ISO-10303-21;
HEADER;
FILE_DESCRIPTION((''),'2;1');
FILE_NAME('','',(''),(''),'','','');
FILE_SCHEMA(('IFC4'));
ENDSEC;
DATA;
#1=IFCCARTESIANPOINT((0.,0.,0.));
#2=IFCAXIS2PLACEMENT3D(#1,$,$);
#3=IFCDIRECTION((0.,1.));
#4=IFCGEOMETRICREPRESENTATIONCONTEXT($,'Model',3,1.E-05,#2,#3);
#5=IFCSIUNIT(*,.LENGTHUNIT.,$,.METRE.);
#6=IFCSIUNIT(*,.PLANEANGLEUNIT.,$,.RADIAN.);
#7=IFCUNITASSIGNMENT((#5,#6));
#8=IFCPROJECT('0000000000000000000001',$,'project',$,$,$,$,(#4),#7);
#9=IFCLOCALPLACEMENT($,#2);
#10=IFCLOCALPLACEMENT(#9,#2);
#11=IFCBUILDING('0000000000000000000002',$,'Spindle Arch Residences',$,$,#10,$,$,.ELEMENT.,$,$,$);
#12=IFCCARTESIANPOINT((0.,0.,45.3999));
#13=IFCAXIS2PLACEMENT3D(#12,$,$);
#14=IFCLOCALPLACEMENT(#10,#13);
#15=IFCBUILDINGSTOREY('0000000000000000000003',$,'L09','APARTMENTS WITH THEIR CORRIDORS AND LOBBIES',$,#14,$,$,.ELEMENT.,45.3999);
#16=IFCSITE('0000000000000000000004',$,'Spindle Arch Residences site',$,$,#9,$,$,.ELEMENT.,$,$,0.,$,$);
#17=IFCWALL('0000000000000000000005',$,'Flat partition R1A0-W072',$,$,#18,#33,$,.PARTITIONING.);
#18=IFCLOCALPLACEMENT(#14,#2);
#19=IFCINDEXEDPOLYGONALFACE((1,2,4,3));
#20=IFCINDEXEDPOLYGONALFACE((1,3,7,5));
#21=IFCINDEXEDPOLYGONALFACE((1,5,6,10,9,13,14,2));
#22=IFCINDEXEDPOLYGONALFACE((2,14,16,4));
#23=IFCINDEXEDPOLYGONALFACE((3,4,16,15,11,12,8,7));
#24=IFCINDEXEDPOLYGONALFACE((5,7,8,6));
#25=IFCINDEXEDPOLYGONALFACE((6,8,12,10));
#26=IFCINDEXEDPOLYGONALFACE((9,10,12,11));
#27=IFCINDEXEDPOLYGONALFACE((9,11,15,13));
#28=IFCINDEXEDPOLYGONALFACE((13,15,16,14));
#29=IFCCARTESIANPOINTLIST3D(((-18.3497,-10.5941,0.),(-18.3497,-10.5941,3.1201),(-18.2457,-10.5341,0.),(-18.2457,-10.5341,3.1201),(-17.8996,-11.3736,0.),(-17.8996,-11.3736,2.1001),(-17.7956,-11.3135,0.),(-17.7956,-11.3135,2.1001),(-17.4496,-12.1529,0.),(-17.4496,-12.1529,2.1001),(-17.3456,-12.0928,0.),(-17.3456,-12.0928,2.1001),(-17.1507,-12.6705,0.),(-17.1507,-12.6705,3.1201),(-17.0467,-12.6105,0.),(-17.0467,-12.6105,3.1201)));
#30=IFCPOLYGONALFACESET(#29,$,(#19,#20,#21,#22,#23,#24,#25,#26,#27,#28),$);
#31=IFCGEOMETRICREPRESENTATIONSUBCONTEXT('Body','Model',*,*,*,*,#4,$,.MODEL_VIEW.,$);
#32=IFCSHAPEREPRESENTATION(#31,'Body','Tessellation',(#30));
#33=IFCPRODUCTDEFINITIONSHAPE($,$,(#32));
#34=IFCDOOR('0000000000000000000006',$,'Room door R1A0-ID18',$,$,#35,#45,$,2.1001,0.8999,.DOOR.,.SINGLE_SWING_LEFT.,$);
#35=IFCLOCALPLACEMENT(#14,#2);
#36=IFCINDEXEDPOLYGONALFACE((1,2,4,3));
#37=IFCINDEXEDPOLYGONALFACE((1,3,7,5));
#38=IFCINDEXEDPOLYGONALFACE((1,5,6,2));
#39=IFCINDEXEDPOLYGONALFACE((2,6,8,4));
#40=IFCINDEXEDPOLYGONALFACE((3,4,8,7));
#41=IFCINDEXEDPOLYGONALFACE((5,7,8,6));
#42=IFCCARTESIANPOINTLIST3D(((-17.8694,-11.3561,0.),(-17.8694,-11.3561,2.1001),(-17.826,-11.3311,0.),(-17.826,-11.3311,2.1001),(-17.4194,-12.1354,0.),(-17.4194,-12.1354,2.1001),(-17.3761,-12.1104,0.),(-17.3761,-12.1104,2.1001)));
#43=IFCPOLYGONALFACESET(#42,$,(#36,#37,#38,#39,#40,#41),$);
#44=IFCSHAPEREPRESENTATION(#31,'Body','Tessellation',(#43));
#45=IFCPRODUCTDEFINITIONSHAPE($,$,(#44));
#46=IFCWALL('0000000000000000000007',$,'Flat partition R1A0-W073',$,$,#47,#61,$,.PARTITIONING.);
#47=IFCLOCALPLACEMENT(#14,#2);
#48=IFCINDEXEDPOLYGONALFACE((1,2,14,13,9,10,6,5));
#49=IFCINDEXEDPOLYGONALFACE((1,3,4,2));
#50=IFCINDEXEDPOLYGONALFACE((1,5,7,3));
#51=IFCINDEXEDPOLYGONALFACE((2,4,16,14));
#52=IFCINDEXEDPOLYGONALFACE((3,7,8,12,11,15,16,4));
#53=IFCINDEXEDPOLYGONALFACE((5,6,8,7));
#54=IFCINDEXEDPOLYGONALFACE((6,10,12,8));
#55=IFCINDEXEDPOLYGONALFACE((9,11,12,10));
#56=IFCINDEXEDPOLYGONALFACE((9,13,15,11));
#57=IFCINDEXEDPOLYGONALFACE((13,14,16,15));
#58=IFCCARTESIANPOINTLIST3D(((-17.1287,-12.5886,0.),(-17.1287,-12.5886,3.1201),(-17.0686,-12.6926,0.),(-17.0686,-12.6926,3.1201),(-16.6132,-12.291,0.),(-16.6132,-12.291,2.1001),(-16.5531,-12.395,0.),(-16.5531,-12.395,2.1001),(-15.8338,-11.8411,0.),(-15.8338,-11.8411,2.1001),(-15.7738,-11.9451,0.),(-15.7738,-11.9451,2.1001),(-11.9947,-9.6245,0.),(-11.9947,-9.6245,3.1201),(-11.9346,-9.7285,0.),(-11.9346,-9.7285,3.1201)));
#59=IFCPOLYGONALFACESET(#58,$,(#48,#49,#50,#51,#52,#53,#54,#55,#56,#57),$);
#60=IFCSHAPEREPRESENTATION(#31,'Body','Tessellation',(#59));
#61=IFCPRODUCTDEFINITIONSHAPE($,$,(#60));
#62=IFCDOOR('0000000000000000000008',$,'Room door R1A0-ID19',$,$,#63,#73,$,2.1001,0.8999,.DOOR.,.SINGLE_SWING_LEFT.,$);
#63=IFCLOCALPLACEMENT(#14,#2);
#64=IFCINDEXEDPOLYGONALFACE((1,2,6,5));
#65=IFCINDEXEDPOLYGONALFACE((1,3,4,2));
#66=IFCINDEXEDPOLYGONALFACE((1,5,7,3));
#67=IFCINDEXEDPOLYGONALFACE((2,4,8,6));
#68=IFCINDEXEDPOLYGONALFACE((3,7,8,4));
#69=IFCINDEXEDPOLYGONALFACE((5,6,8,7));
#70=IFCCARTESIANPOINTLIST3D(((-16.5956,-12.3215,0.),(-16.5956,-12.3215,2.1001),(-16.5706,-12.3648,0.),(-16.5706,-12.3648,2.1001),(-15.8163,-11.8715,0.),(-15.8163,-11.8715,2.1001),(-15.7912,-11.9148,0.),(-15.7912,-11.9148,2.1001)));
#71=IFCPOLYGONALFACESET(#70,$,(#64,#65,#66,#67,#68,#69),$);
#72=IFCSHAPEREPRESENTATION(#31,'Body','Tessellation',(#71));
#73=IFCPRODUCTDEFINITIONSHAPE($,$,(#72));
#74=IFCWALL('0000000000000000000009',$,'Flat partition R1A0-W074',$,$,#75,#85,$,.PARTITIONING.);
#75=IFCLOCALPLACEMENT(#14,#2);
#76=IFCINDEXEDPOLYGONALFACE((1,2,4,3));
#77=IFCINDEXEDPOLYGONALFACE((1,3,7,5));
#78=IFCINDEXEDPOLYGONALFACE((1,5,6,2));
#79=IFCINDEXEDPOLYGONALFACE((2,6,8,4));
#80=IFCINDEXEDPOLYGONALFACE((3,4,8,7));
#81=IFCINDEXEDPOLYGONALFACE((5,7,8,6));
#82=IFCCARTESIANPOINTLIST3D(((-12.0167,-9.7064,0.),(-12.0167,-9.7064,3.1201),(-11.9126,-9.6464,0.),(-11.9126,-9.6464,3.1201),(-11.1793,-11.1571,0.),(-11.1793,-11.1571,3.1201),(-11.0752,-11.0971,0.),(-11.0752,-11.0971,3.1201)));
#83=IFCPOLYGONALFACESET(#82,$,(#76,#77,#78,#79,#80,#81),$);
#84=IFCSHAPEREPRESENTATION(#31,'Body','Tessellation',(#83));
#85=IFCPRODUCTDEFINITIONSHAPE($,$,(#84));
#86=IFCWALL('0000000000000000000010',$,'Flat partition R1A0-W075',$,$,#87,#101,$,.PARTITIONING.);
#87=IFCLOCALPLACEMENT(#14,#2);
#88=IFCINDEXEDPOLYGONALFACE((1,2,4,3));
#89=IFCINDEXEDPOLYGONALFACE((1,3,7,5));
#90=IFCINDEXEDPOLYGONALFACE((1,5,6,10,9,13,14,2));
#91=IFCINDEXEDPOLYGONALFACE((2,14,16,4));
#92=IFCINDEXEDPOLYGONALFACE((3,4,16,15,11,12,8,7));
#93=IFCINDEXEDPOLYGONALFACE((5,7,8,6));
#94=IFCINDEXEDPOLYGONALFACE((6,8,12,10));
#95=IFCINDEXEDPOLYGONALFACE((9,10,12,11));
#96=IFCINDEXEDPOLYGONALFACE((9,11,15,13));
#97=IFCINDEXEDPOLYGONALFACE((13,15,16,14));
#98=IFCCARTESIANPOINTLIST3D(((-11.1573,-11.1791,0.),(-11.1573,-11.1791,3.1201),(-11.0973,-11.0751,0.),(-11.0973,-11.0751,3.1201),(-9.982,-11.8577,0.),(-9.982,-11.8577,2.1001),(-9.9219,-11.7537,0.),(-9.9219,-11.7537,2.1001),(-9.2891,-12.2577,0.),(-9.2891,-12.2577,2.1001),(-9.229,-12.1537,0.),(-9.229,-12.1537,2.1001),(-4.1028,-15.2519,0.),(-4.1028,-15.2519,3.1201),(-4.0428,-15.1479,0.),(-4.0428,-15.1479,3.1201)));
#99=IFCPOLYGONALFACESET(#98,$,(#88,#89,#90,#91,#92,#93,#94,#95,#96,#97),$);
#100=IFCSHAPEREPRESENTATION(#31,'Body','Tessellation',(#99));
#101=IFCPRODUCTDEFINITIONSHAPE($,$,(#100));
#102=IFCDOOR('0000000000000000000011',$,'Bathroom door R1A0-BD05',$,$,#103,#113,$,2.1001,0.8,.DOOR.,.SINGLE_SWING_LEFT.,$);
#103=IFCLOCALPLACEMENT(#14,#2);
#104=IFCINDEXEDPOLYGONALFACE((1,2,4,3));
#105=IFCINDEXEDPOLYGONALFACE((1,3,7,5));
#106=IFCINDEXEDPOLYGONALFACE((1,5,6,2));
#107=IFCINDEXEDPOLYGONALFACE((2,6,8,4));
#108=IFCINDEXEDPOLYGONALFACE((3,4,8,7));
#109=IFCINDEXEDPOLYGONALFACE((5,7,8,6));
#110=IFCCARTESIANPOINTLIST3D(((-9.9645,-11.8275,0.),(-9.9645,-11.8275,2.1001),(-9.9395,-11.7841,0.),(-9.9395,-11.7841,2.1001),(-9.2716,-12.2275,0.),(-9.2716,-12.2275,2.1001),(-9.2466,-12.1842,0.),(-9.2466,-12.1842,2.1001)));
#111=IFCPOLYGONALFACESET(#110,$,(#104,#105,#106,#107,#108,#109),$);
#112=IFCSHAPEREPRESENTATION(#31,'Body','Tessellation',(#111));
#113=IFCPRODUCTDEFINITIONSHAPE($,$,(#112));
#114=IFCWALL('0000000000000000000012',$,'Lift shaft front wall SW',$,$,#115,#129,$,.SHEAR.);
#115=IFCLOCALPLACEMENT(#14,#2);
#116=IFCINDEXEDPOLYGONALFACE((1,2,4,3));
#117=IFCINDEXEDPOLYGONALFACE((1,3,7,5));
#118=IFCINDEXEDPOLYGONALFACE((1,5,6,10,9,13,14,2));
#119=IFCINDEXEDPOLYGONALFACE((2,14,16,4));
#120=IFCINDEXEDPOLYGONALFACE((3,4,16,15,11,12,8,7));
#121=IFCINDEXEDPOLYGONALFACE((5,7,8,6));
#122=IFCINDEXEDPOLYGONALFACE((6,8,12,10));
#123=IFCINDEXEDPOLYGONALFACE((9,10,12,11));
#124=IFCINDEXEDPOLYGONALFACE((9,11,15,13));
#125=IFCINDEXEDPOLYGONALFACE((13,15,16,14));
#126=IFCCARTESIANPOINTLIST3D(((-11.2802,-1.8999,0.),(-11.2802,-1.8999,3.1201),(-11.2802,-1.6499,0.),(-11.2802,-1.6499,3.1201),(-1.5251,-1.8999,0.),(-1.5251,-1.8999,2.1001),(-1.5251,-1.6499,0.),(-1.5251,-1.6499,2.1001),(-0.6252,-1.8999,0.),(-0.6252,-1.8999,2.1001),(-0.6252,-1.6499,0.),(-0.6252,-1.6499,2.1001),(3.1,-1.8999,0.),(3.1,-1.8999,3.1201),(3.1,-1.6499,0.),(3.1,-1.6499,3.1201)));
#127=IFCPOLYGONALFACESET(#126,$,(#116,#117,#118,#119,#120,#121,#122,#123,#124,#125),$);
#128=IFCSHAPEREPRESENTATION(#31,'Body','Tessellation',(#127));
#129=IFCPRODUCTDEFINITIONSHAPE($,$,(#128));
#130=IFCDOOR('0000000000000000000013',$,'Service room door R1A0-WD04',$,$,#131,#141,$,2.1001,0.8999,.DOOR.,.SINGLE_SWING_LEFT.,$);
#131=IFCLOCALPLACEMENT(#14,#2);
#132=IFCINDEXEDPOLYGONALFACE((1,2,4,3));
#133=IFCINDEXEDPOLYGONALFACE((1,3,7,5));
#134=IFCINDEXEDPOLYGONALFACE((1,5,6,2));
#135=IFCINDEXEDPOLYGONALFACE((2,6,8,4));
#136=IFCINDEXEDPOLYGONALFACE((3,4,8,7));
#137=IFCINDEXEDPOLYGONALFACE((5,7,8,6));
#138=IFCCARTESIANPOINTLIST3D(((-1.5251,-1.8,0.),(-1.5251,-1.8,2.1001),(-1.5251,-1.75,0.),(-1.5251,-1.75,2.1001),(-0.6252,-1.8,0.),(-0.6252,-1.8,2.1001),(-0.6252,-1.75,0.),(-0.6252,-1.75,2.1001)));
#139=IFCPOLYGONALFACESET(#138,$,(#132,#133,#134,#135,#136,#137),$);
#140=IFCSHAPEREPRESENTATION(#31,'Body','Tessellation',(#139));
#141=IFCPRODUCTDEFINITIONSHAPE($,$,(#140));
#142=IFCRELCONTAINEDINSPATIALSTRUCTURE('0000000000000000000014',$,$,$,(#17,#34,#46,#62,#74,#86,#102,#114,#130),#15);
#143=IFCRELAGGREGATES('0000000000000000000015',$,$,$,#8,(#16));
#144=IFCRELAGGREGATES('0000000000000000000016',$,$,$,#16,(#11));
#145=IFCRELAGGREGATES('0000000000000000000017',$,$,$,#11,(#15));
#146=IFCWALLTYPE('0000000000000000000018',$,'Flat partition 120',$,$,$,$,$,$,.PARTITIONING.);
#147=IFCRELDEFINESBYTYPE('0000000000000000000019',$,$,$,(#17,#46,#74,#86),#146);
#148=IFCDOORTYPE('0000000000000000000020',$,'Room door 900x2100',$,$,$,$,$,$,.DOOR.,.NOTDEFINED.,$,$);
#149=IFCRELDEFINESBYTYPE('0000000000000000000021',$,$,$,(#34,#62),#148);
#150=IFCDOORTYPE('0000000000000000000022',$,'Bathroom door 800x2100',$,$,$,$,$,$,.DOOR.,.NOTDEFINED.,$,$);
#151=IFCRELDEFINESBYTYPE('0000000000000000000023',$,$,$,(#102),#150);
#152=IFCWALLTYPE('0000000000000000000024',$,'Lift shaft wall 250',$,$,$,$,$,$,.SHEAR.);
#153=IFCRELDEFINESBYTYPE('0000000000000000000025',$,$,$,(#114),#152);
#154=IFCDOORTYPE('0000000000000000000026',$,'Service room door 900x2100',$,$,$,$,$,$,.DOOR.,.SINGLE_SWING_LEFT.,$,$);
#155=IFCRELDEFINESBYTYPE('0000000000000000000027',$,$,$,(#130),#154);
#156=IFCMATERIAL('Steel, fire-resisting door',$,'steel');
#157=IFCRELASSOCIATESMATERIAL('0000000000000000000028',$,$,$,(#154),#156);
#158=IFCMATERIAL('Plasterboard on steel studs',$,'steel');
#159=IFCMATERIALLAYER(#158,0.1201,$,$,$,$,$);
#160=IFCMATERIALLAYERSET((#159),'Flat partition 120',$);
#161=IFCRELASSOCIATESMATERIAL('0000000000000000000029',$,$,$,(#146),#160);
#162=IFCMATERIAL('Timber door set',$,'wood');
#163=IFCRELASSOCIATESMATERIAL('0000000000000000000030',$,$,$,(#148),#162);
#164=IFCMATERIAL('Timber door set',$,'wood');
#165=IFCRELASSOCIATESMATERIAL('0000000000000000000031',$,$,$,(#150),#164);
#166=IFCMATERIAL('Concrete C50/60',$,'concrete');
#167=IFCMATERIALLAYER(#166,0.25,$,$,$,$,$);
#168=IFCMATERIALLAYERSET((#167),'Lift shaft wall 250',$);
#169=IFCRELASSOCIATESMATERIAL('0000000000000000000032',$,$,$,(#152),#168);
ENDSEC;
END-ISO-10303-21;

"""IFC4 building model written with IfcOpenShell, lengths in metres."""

from ifc_helpers import new_model, si_unit, direction, frame, frame_2d, origin, place, context, subcontext, project, spatial, rectangle, extrude, material, layer, layer_set, type_object, element, fill, save


model = new_model("IFC4")

# Units and contexts
model_context = context("Model", 3, precision=1e-05, world=origin(), true_north=direction((0.0, 1.0)))
body_context = subcontext(model_context, "Body", "Model", "MODEL_VIEW")
ifc_project = project(units=[si_unit("LENGTHUNIT", "METRE"), si_unit("PLANEANGLEUNIT", "RADIAN")], contexts=[model_context])

# Site, building, storey
site_placement = place(None, origin())
site = spatial("IfcSite", under=ifc_project, at=site_placement, Name="Spindle Arch Residences site", CompositionType="ELEMENT", RefElevation=0.0)
building_placement = place(site_placement, origin())
building = spatial("IfcBuilding", under=site, at=building_placement, Name="Spindle Arch Residences", CompositionType="ELEMENT")
storey_placement = place(building_placement, frame((0.0, 0.0, 45.3999)))
storey = spatial("IfcBuildingStorey", under=building, at=storey_placement, Name="L09", Description="APARTMENTS WITH THEIR CORRIDORS AND LOBBIES", CompositionType="ELEMENT", Elevation=45.3999)

# Shared definitions
ifc_material_1 = material(Name="Steel, fire-resisting door", Category="steel")
door_type_1 = type_object("IfcDoorType", Name="Service room door 900x2100", OperationType="SINGLE_SWING_LEFT", PredefinedType="DOOR", material=ifc_material_1)

# Shared definitions
ifc_material_2 = material(Name="Plasterboard on steel studs", Category="steel")
ifc_layer_1 = layer(ifc_material_2, 0.1201)
ifc_layer_set_1 = layer_set([ifc_layer_1], Name="Flat partition 120")
wall_type_1 = type_object("IfcWallType", Name="Flat partition 120", PredefinedType="PARTITIONING", material=ifc_layer_set_1)

# Walls, openings, doors
wall_1_placement = place(storey_placement, frame((-18.2976, -10.5642, 0.0), z_axis=(0.0, 0.0, 1.0), x_axis=(0.500049, -0.865997, 0.0)))
wall_1 = element("IfcWall", 1, at=wall_1_placement, inside=storey, type_object=wall_type_1, Name="Flat partition R1A0-W072", PredefinedType="PARTITIONING", context=body_context, shape_type="SweptSolid", body=[
    extrude(rectangle(XDim=2.3977, YDim=0.1201, at=frame_2d((1.1987, 0.0))), origin(), (0.0, 0.0, 1.0), 3.1201),
])
opening_1_placement = place(wall_1_placement, frame((0.8999, 0.0, 0.0)))
opening_1 = element("IfcOpeningElement", 2, at=opening_1_placement, cuts=wall_1, PredefinedType="OPENING", context=body_context, shape_type="SweptSolid", body=[
    extrude(rectangle(XDim=0.8999, YDim=2.1001, at=frame_2d((0.45, 1.05))), frame((0.0, 0.0701, 0.0), z_axis=(0.0, -1.0, 0.0), x_axis=(1.0, 0.0, 0.0)), (0.0, 0.0, 1.0), 0.1401),
])
ifc_material_3 = material(Name="Timber door set", Category="wood")
door_type_2 = type_object("IfcDoorType", Name="Room door 900x2100", OperationType="NOTDEFINED", PredefinedType="DOOR", material=ifc_material_3)
door_1_placement = place(opening_1_placement, origin())
door_1 = element("IfcDoor", 3, at=door_1_placement, inside=storey, type_object=door_type_2, Name="Room door R1A0-ID18", OperationType="SINGLE_SWING_LEFT", OverallHeight=2.1001, OverallWidth=0.8999, PredefinedType="DOOR", context=body_context, shape_type="SweptSolid", body=[
    extrude(rectangle(XDim=0.8999, YDim=2.1001, at=frame_2d((0.45, 1.05))), frame((0.0, 0.0249, 0.0), z_axis=(0.0, -1.0, 0.0), x_axis=(1.0, 0.0, 0.0)), (0.0, 0.0, 1.0), 0.05),
])
fill(opening_1, door_1)
wall_2_placement = place(storey_placement, frame((-17.0986, -12.6406, 0.0), z_axis=(0.0, 0.0, 1.0), x_axis=(0.866027, 0.499997, 0.0)))
wall_2 = element("IfcWall", 4, at=wall_2_placement, inside=storey, type_object=wall_type_1, Name="Flat partition R1A0-W073", PredefinedType="PARTITIONING", context=body_context, shape_type="SweptSolid", body=[
    extrude(rectangle(XDim=5.9282, YDim=0.1201, at=frame_2d((2.9641, 0.0))), origin(), (0.0, 0.0, 1.0), 3.1201),
])
opening_2_placement = place(wall_2_placement, frame((0.5952, 0.0, 0.0)))
opening_2 = element("IfcOpeningElement", 5, at=opening_2_placement, cuts=wall_2, PredefinedType="OPENING", context=body_context, shape_type="SweptSolid", body=[
    extrude(rectangle(XDim=0.8999, YDim=2.1001, at=frame_2d((0.45, 1.05))), frame((0.0, 0.0701, 0.0), z_axis=(0.0, -1.0, 0.0), x_axis=(1.0, 0.0, 0.0)), (0.0, 0.0, 1.0), 0.1401),
])
door_2_placement = place(opening_2_placement, origin())
door_2 = element("IfcDoor", 6, at=door_2_placement, inside=storey, type_object=door_type_2, Name="Room door R1A0-ID19", OperationType="SINGLE_SWING_LEFT", OverallHeight=2.1001, OverallWidth=0.8999, PredefinedType="DOOR", context=body_context, shape_type="SweptSolid", body=[
    extrude(rectangle(XDim=0.8999, YDim=2.1001, at=frame_2d((0.45, 1.05))), frame((0.0, 0.0249, 0.0), z_axis=(0.0, -1.0, 0.0), x_axis=(1.0, 0.0, 0.0)), (0.0, 0.0, 1.0), 0.05),
])
fill(opening_2, door_2)

# Wall
wall_3_placement = place(storey_placement, frame((-11.9646, -9.6765, 0.0), z_axis=(0.0, 0.0, 1.0), x_axis=(0.499933, -0.866064, 0.0)))
element("IfcWall", 7, at=wall_3_placement, inside=storey, type_object=wall_type_1, Name="Flat partition R1A0-W074", PredefinedType="PARTITIONING", context=body_context, shape_type="SweptSolid", body=[
    extrude(rectangle(XDim=1.675, YDim=0.1201, at=frame_2d((0.8374, 0.0))), origin(), (0.0, 0.0, 1.0), 3.1201),
])

# Walls, openings, doors
wall_4_placement = place(storey_placement, frame((-11.1272, -11.1272, 0.0), z_axis=(0.0, 0.0, 1.0), x_axis=(0.866032, -0.499988, 0.0)))
wall_4 = element("IfcWall", 8, at=wall_4_placement, inside=storey, type_object=wall_type_1, Name="Flat partition R1A0-W075", PredefinedType="PARTITIONING", context=body_context, shape_type="SweptSolid", body=[
    extrude(rectangle(XDim=8.1458, YDim=0.1201, at=frame_2d((4.0728, 0.0))), origin(), (0.0, 0.0, 1.0), 3.1201),
])
opening_3_placement = place(wall_4_placement, frame((1.3572, 0.0, 0.0)))
opening_3 = element("IfcOpeningElement", 9, at=opening_3_placement, cuts=wall_4, PredefinedType="OPENING", context=body_context, shape_type="SweptSolid", body=[
    extrude(rectangle(XDim=0.8, YDim=2.1001, at=frame_2d((0.3999, 1.05))), frame((0.0, 0.0701, 0.0), z_axis=(0.0, -1.0, 0.0), x_axis=(1.0, 0.0, 0.0)), (0.0, 0.0, 1.0), 0.1401),
])
ifc_material_4 = material(Name="Timber door set", Category="wood")
door_type_3 = type_object("IfcDoorType", Name="Bathroom door 800x2100", OperationType="NOTDEFINED", PredefinedType="DOOR", material=ifc_material_4)
door_3_placement = place(opening_3_placement, origin())
door_3 = element("IfcDoor", 10, at=door_3_placement, inside=storey, type_object=door_type_3, Name="Bathroom door R1A0-BD05", OperationType="SINGLE_SWING_LEFT", OverallHeight=2.1001, OverallWidth=0.8, PredefinedType="DOOR", context=body_context, shape_type="SweptSolid", body=[
    extrude(rectangle(XDim=0.8, YDim=2.1001, at=frame_2d((0.3999, 1.05))), frame((0.0, 0.0249, 0.0), z_axis=(0.0, -1.0, 0.0), x_axis=(1.0, 0.0, 0.0)), (0.0, 0.0, 1.0), 0.05),
])
fill(opening_3, door_3)
ifc_material_5 = material(Name="Concrete C50/60", Category="concrete")
ifc_layer_2 = layer(ifc_material_5, 0.25)
ifc_layer_set_2 = layer_set([ifc_layer_2], Name="Lift shaft wall 250")
wall_type_2 = type_object("IfcWallType", Name="Lift shaft wall 250", PredefinedType="SHEAR", material=ifc_layer_set_2)
wall_5_placement = place(storey_placement, frame((-11.28, -1.7749, 0.0), z_axis=(0.0, 0.0, 1.0), x_axis=(1.0, 0.0, 0.0)))
wall_5 = element("IfcWall", 11, at=wall_5_placement, inside=storey, type_object=wall_type_2, Name="Lift shaft front wall SW", PredefinedType="SHEAR", context=body_context, shape_type="SweptSolid", body=[
    extrude(rectangle(XDim=14.3801, YDim=0.25, at=frame_2d((7.1899, 0.0))), origin(), (0.0, 0.0, 1.0), 3.1201),
])
opening_4_placement = place(wall_5_placement, frame((9.7549, 0.0, 0.0)))
opening_4 = element("IfcOpeningElement", 12, at=opening_4_placement, cuts=wall_5, PredefinedType="OPENING", context=body_context, shape_type="SweptSolid", body=[
    extrude(rectangle(XDim=0.8999, YDim=2.1001, at=frame_2d((0.45, 1.05))), frame((0.0, 0.135, 0.0), z_axis=(0.0, -1.0, 0.0), x_axis=(1.0, 0.0, 0.0)), (0.0, 0.0, 1.0), 0.27),
])
door_4_placement = place(opening_4_placement, origin())
door_4 = element("IfcDoor", 13, at=door_4_placement, inside=storey, type_object=door_type_1, Name="Service room door R1A0-WD04", OperationType="SINGLE_SWING_LEFT", OverallHeight=2.1001, OverallWidth=0.8999, PredefinedType="DOOR", context=body_context, shape_type="SweptSolid", body=[
    extrude(rectangle(XDim=0.8999, YDim=2.1001, at=frame_2d((0.45, 1.05))), frame((0.0, 0.0249, 0.0), z_axis=(0.0, -1.0, 0.0), x_axis=(1.0, 0.0, 0.0)), (0.0, 0.0, 1.0), 0.05),
])
fill(opening_4, door_4)

save(model, "model.ifc")
